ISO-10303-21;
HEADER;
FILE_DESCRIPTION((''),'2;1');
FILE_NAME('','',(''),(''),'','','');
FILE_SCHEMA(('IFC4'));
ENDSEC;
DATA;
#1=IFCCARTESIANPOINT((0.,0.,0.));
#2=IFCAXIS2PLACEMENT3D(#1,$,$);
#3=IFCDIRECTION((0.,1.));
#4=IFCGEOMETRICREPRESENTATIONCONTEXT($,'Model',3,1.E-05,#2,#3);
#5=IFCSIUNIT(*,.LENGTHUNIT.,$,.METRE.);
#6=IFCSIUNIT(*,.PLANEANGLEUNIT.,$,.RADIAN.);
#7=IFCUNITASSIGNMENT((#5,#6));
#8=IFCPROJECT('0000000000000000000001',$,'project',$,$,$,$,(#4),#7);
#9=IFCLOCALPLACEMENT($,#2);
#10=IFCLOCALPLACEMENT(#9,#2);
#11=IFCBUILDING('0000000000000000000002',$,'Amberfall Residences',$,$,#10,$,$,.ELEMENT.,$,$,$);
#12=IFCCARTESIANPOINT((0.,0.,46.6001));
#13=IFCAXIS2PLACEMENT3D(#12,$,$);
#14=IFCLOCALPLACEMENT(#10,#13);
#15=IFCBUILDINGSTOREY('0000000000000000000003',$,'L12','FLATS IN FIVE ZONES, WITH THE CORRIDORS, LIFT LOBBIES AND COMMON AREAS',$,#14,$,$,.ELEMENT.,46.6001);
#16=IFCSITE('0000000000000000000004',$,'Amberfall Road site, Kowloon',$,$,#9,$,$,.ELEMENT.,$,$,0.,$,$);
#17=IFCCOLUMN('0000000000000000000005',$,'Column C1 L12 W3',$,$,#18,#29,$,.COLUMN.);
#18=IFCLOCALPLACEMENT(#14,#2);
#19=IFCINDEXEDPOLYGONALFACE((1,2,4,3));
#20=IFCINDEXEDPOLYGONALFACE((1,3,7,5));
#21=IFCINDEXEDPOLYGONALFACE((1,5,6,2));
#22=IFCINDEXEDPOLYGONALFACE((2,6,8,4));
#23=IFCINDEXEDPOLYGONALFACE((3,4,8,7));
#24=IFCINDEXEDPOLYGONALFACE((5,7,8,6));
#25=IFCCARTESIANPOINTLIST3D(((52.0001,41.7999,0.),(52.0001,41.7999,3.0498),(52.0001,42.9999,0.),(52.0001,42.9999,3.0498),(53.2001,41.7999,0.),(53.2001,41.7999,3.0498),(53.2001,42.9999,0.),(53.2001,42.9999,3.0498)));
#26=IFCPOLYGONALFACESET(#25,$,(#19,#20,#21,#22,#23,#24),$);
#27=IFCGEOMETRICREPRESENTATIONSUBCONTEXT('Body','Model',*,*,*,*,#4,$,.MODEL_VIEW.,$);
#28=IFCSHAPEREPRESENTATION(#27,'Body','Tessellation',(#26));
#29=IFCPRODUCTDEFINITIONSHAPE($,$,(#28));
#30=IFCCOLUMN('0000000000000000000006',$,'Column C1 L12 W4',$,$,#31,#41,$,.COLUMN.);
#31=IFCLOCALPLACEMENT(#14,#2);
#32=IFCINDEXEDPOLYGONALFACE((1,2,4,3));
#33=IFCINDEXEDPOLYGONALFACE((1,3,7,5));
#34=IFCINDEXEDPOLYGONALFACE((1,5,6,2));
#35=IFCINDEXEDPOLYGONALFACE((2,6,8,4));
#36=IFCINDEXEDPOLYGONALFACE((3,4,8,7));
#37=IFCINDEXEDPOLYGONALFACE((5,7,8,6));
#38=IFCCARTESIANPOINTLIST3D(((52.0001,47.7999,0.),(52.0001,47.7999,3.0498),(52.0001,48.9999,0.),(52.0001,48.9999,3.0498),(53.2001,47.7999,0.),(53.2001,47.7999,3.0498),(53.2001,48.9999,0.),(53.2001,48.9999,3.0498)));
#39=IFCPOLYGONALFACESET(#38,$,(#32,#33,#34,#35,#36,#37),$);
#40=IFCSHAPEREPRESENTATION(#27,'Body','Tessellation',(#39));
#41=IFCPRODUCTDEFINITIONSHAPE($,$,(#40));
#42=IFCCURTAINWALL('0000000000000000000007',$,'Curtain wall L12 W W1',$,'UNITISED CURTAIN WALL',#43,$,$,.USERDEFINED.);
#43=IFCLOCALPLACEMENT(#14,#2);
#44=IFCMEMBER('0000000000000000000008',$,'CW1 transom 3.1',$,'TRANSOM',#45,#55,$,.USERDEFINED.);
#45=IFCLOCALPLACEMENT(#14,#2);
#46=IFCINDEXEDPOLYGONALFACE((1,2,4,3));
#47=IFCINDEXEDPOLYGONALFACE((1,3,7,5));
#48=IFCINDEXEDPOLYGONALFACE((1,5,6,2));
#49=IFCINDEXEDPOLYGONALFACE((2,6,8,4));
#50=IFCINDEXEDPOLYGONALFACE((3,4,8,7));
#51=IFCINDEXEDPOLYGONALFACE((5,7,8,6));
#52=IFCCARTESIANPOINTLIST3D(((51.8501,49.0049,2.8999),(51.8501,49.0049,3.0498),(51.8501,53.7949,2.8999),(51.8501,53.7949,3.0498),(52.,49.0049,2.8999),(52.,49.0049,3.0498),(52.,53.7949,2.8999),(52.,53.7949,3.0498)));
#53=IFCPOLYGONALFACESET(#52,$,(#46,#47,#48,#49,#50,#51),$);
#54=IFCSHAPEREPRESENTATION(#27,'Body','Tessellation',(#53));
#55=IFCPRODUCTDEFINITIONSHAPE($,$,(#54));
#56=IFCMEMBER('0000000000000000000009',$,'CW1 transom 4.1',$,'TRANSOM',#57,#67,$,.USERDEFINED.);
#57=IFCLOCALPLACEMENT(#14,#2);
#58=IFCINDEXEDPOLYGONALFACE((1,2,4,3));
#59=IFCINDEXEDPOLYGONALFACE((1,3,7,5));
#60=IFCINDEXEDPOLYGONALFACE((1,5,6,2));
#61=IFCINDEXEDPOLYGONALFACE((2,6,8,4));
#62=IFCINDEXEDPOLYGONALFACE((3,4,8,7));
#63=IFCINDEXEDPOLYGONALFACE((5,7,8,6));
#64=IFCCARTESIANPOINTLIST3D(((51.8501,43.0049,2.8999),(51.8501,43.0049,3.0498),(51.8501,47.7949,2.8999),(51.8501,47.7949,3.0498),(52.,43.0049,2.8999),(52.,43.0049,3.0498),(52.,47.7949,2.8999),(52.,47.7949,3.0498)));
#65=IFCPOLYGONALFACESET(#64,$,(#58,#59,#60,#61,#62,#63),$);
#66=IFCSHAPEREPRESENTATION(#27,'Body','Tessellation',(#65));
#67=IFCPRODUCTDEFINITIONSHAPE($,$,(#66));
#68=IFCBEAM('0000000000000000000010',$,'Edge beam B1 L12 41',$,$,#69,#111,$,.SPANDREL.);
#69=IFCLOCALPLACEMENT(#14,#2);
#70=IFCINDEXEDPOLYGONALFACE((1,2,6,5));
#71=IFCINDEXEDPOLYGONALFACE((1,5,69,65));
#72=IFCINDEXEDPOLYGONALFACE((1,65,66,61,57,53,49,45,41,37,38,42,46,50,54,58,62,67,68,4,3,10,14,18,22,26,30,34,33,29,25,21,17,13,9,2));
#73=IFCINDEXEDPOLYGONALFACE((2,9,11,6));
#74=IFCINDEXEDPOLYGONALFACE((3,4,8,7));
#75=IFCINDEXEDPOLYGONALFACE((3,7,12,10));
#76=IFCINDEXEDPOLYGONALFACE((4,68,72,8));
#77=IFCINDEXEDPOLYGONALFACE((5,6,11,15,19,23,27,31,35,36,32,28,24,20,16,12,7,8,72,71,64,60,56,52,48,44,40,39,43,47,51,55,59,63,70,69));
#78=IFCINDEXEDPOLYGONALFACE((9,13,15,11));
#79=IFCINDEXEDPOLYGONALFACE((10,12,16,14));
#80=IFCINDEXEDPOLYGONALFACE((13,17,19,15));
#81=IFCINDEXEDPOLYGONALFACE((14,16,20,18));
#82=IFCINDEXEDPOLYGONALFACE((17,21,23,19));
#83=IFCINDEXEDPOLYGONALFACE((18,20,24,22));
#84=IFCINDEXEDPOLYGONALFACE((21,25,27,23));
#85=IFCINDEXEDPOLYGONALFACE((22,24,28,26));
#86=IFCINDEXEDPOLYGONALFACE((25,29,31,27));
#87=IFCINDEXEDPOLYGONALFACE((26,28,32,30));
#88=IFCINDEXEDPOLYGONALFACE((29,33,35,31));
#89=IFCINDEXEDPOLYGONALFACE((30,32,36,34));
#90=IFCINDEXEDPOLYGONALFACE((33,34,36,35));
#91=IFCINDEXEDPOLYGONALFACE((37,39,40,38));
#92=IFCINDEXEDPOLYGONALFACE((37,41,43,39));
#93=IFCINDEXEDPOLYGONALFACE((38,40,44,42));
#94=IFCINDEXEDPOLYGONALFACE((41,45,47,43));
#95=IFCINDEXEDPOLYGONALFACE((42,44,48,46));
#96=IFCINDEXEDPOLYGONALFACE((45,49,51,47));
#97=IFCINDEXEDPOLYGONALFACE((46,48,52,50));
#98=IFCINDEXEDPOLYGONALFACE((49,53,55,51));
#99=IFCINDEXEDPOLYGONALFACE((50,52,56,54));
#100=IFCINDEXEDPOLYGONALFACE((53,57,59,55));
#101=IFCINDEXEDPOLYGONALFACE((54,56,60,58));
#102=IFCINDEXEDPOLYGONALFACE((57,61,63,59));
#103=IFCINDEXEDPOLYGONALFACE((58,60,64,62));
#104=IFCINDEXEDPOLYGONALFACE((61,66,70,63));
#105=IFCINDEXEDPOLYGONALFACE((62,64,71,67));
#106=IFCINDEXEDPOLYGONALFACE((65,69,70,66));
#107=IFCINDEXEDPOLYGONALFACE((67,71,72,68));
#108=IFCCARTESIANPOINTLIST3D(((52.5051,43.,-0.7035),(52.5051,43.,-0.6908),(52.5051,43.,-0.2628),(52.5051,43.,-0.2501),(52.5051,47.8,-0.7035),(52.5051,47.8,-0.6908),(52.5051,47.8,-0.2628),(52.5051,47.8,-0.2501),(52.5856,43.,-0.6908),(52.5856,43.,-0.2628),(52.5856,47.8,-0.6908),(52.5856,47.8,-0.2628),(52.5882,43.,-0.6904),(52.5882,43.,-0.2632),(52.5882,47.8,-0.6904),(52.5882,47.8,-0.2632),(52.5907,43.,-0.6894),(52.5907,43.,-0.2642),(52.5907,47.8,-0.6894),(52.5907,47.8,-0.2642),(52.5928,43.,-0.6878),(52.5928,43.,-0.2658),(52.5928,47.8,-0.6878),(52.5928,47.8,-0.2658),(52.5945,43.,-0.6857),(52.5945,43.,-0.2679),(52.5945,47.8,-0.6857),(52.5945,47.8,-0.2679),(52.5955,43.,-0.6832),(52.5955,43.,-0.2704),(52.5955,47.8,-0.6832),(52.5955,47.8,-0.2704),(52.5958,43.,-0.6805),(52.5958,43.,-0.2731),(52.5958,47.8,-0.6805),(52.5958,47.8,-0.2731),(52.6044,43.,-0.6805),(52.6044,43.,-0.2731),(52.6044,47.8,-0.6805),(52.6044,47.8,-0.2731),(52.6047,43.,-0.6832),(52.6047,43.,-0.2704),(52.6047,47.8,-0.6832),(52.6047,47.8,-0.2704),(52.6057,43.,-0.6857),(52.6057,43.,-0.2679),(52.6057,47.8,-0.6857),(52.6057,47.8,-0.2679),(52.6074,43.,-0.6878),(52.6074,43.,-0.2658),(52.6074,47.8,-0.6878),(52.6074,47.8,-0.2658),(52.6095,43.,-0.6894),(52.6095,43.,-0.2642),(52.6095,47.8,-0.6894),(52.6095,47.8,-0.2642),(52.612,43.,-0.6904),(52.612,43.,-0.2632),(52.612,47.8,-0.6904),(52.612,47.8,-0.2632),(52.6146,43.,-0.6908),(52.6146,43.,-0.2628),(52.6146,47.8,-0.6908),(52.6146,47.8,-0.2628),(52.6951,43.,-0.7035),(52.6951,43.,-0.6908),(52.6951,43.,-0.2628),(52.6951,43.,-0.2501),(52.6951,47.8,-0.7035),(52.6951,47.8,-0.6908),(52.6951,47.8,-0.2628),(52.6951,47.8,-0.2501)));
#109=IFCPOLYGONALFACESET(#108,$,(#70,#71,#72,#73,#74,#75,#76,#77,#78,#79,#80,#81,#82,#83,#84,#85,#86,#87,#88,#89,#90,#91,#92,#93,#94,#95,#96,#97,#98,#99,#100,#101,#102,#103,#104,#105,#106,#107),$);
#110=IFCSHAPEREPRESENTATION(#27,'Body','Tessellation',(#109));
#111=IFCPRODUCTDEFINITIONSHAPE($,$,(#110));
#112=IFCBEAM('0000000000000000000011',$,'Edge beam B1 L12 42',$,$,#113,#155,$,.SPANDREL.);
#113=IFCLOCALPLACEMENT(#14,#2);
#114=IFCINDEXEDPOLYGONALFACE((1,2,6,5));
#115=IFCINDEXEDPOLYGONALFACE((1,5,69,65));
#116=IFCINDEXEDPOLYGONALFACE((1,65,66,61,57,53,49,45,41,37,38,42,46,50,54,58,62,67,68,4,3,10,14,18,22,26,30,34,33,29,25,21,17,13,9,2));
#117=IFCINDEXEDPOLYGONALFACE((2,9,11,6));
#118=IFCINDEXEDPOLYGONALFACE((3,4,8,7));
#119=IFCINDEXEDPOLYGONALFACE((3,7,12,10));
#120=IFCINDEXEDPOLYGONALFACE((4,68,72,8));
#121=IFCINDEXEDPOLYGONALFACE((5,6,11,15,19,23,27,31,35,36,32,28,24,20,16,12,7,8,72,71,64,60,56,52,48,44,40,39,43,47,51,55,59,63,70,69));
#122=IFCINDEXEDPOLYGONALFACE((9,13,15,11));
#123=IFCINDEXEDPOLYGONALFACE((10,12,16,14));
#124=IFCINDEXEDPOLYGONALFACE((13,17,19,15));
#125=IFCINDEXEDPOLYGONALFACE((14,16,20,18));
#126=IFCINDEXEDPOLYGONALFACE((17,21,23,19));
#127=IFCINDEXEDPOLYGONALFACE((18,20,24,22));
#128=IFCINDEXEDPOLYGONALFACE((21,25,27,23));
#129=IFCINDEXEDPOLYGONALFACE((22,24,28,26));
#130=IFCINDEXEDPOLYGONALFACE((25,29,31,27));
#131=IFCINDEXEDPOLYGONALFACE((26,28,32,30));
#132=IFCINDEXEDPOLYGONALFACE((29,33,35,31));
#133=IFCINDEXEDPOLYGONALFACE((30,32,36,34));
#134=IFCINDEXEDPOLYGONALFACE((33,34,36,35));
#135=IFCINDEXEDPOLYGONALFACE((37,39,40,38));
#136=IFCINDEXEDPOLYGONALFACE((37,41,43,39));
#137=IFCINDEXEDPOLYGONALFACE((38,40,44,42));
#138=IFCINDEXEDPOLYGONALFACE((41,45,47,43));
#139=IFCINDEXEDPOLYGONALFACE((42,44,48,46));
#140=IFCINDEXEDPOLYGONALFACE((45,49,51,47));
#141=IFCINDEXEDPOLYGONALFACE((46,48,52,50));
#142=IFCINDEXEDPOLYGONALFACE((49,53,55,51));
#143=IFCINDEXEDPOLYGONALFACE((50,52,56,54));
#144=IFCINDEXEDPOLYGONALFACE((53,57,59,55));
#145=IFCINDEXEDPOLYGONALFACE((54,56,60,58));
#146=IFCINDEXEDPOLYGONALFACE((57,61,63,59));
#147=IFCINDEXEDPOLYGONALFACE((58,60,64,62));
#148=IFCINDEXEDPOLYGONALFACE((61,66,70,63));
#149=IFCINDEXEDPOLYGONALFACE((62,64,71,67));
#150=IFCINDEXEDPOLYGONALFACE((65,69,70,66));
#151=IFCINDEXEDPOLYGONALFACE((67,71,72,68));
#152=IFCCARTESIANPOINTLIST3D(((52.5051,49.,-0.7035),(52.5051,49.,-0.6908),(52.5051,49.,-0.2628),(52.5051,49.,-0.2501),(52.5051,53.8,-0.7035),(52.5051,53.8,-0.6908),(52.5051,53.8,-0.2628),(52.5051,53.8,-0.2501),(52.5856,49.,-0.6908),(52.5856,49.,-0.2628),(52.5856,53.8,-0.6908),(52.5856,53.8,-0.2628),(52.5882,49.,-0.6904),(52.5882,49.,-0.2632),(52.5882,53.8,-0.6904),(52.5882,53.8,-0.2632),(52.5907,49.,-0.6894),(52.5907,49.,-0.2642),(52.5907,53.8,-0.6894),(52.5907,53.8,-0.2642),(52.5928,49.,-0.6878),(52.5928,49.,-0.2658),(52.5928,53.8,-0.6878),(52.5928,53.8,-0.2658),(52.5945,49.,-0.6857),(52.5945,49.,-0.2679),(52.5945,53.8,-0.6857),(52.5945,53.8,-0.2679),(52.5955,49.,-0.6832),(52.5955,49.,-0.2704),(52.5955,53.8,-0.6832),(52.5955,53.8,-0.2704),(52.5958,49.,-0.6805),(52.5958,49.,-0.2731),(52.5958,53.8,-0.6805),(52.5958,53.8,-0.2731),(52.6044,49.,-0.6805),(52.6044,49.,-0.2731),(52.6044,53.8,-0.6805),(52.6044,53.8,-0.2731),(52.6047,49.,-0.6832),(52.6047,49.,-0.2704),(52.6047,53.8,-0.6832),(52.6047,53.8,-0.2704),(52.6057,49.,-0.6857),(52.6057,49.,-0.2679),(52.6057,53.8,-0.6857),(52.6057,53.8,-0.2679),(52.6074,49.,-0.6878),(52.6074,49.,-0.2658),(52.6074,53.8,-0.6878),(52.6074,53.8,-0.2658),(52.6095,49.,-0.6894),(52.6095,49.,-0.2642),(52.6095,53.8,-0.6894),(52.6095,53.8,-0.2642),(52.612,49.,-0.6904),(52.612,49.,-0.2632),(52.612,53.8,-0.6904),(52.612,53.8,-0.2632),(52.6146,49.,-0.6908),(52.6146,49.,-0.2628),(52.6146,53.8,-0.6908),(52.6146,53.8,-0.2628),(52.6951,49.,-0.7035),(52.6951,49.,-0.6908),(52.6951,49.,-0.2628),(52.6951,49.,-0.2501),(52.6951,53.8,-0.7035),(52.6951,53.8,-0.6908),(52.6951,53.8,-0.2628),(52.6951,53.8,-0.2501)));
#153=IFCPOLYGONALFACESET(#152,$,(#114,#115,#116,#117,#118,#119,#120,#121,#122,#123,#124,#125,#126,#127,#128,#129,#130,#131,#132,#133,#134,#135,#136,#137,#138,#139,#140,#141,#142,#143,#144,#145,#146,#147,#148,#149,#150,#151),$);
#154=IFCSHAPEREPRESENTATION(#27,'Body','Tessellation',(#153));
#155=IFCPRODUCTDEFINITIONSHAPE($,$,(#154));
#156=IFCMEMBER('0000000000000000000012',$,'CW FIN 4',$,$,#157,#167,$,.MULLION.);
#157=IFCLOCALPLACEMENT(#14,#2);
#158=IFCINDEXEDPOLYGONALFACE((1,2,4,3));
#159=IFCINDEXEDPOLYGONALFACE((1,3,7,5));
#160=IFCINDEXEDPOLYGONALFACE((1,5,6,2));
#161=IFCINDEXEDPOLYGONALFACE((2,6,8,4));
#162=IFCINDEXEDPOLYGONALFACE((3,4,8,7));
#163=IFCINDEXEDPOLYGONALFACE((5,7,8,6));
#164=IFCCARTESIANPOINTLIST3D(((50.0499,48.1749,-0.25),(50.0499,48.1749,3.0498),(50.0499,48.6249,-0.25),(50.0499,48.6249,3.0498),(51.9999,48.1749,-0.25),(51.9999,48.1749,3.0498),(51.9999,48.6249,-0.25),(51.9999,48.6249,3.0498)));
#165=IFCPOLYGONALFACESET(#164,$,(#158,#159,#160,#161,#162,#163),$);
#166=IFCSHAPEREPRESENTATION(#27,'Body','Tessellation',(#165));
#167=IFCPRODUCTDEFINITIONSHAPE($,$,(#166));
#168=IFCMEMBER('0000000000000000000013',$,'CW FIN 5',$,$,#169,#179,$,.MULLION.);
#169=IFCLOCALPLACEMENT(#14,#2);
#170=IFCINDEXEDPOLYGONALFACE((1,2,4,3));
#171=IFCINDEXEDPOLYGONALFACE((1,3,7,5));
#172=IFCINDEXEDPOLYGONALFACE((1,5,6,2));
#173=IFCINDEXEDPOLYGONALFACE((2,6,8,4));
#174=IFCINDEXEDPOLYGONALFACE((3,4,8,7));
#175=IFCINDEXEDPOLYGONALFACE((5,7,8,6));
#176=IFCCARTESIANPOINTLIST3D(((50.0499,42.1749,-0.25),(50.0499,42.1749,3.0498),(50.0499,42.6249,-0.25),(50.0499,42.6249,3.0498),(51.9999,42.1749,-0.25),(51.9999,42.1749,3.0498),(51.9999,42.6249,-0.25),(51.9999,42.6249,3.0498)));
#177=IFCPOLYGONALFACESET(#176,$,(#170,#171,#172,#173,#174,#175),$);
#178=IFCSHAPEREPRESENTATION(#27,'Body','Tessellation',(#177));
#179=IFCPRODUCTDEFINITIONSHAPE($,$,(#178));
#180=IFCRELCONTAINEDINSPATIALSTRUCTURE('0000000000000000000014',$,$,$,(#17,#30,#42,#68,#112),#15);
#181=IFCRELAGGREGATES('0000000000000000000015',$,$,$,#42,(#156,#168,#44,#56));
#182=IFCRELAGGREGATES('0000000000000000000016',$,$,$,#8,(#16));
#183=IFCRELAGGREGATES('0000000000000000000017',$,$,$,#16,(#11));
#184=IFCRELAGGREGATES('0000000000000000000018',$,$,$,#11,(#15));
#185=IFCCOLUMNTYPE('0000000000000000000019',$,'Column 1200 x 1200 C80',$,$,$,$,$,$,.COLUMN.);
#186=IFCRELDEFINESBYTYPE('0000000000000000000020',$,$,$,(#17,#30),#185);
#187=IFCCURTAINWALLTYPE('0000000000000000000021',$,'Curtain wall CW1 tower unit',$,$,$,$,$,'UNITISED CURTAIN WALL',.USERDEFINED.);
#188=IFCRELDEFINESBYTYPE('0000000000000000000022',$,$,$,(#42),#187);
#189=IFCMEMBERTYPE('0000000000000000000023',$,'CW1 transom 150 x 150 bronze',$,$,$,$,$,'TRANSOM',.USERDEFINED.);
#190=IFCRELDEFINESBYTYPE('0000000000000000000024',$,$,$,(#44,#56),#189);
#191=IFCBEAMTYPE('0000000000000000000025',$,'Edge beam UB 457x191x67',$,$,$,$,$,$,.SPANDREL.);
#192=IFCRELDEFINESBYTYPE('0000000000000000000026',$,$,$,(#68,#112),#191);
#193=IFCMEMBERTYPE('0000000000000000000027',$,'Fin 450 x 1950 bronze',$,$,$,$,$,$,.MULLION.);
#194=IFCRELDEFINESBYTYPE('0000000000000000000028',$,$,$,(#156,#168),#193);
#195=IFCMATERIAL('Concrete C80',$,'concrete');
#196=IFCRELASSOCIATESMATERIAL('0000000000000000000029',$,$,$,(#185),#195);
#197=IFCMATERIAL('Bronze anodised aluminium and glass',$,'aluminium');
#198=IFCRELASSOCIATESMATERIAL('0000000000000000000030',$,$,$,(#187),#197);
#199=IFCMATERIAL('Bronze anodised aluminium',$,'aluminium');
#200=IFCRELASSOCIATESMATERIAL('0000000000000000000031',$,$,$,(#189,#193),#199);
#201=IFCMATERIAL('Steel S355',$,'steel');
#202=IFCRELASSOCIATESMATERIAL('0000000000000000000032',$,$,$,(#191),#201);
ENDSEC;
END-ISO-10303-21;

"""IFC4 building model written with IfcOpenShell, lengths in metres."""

from ifc_helpers import new_model, si_unit, direction, frame, origin, origin_2d, place, context, subcontext, project, spatial, rectangle, i_section, extrude, material, material_profile, profile_set, type_object, element, aggregate, save


model = new_model("IFC4")

# Units and contexts
model_context = context("Model", 3, precision=1e-05, world=origin(), true_north=direction((0.0, 1.0)))
body_context = subcontext(model_context, "Body", "Model", "MODEL_VIEW")
ifc_project = project(units=[si_unit("LENGTHUNIT", "METRE"), si_unit("PLANEANGLEUNIT", "RADIAN")], contexts=[model_context])

# Site, building, storey
site_placement = place(None, origin())
site = spatial("IfcSite", under=ifc_project, at=site_placement, Name="Amberfall Road site, Kowloon", CompositionType="ELEMENT", RefElevation=0.0)
building_placement = place(site_placement, origin())
building = spatial("IfcBuilding", under=site, at=building_placement, Name="Amberfall Residences", CompositionType="ELEMENT")
storey_placement = place(building_placement, frame((0.0, 0.0, 46.6001)))
storey = spatial("IfcBuildingStorey", under=building, at=storey_placement, Name="L12", Description="FLATS IN FIVE ZONES, WITH THE CORRIDORS, LIFT LOBBIES AND COMMON AREAS", CompositionType="ELEMENT", Elevation=46.6001)

# Columns
ifc_material_1 = material(Name="Concrete C80", Category="concrete")
ifc_material_profile_1 = material_profile(ifc_material_1, rectangle(XDim=1.2, YDim=1.2, at=origin_2d()), Name="Column 1200 x 1200 C80")
ifc_profile_set_1 = profile_set([ifc_material_profile_1], Name="Concrete C80")
column_type = type_object("IfcColumnType", Name="Column 1200 x 1200 C80", PredefinedType="COLUMN", material=ifc_profile_set_1)
for number, where, z_axis, x_axis, name in (
    (1, (52.6001, 42.3999, 0.0), (0.0, 0.0, 1.0), (1.0, 0.0, 0.0), "Column C1 L12 W3"),
    (2, (52.6001, 48.3999, 0.0), (0.0, 0.0, 1.0), (1.0, 0.0, 0.0), "Column C1 L12 W4"),
):
    element("IfcColumn", number, at=place(storey_placement, frame(where, z_axis=z_axis, x_axis=x_axis)), inside=storey, type_object=column_type, Name=name, PredefinedType="COLUMN", context=body_context, shape_type="SweptSolid", body=[
        extrude(rectangle(XDim=1.2, YDim=1.2, at=origin_2d()), origin(), (0.0, 0.0, 1.0), 3.0498),
    ])

# Curtain wall, members
ifc_material_2 = material(Name="Bronze anodised aluminium and glass", Category="aluminium")
curtain_wall_type = type_object("IfcCurtainWallType", Name="Curtain wall CW1 tower unit", ElementType="UNITISED CURTAIN WALL", PredefinedType="USERDEFINED", material=ifc_material_2)
curtain_wall_placement = place(storey_placement, origin())
curtain_wall = element("IfcCurtainWall", 3, at=curtain_wall_placement, inside=storey, type_object=curtain_wall_type, Name="Curtain wall L12 W W1", ObjectType="UNITISED CURTAIN WALL", PredefinedType="USERDEFINED")
ifc_material_3 = material(Name="Bronze anodised aluminium", Category="aluminium")
ifc_material_profile_2 = material_profile(ifc_material_3, rectangle(XDim=0.1499, YDim=0.1499, at=origin_2d()), Name="CW1 transom 150 x 150 bronze")
ifc_profile_set_2 = profile_set([ifc_material_profile_2], Name="Bronze anodised aluminium")
member_type_1 = type_object("IfcMemberType", Name="CW1 transom 150 x 150 bronze", ElementType="TRANSOM", PredefinedType="USERDEFINED", material=ifc_profile_set_2)
member_1_placement = place(storey_placement, frame((51.925, 53.7949, 2.9749), z_axis=(0.0, -1.0, 0.0), x_axis=(1.0, 0.0, 0.0)))
member_1 = element("IfcMember", 4, at=member_1_placement, type_object=member_type_1, Name="CW1 transom 3.1", ObjectType="TRANSOM", PredefinedType="USERDEFINED", context=body_context, shape_type="SweptSolid", body=[
    extrude(rectangle(XDim=0.1499, YDim=0.1499, at=origin_2d()), origin(), (0.0, 0.0, 1.0), 4.79),
])
member_2_placement = place(storey_placement, frame((51.925, 47.7949, 2.9749), z_axis=(0.0, -1.0, 0.0), x_axis=(1.0, 0.0, 0.0)))
member_2 = element("IfcMember", 5, at=member_2_placement, type_object=member_type_1, Name="CW1 transom 4.1", ObjectType="TRANSOM", PredefinedType="USERDEFINED", context=body_context, shape_type="SweptSolid", body=[
    extrude(rectangle(XDim=0.1499, YDim=0.1499, at=origin_2d()), origin(), (0.0, 0.0, 1.0), 4.79),
])

# Beams
ifc_material_4 = material(Name="Steel S355", Category="steel")
ifc_material_profile_3 = material_profile(ifc_material_4, i_section(OverallWidth=0.1899, OverallDepth=0.4534, WebThickness=0.0085, FlangeThickness=0.0127, FilletRadius=0.0103, at=origin_2d()), Name="UB 457x191x67")
ifc_profile_set_3 = profile_set([ifc_material_profile_3], Name="Steel S355")
beam_type_1 = type_object("IfcBeamType", Name="Edge beam UB 457x191x67", PredefinedType="SPANDREL", material=ifc_profile_set_3)
for number, where, z_axis, x_axis, name in (
    (6, (52.6001, 43.0, -0.4768), (0.0, 1.0, 0.0), (-1.0, 0.0, 0.0), "Edge beam B1 L12 41"),
    (7, (52.6001, 49.0, -0.4768), (0.0, 1.0, 0.0), (-1.0, 0.0, 0.0), "Edge beam B1 L12 42"),
):
    element("IfcBeam", number, at=place(storey_placement, frame(where, z_axis=z_axis, x_axis=x_axis)), inside=storey, type_object=beam_type_1, Name=name, PredefinedType="SPANDREL", context=body_context, shape_type="SweptSolid", body=[
        extrude(i_section(OverallWidth=0.1899, OverallDepth=0.4534, WebThickness=0.0085, FlangeThickness=0.0127, FilletRadius=0.0103, at=origin_2d()), origin(), (0.0, 0.0, 1.0), 4.8),
    ])

# Members
ifc_material_profile_4 = material_profile(ifc_material_3, rectangle(XDim=1.95, YDim=0.45, at=origin_2d()), Name="Fin 450 x 1950 bronze")
ifc_profile_set_4 = profile_set([ifc_material_profile_4], Name="Bronze anodised aluminium")
member_type_2 = type_object("IfcMemberType", Name="Fin 450 x 1950 bronze", PredefinedType="MULLION", material=ifc_profile_set_4)
member_3_placement = place(storey_placement, frame((51.0249, 48.3999, -0.25), z_axis=(0.0, 0.0, 1.0), x_axis=(1.0, 0.0, 0.0)))
member_3 = element("IfcMember", 8, at=member_3_placement, type_object=member_type_2, Name="CW FIN 4", PredefinedType="MULLION", context=body_context, shape_type="SweptSolid", body=[
    extrude(rectangle(XDim=1.95, YDim=0.45, at=origin_2d()), origin(), (0.0, 0.0, 1.0), 3.2998),
])
member_4_placement = place(storey_placement, frame((51.0249, 42.3999, -0.25), z_axis=(0.0, 0.0, 1.0), x_axis=(1.0, 0.0, 0.0)))
member_4 = element("IfcMember", 9, at=member_4_placement, type_object=member_type_2, Name="CW FIN 5", PredefinedType="MULLION", context=body_context, shape_type="SweptSolid", body=[
    extrude(rectangle(XDim=1.95, YDim=0.45, at=origin_2d()), origin(), (0.0, 0.0, 1.0), 3.2998),
])

aggregate(curtain_wall, [member_3, member_4, member_1, member_2])

save(model, "model.ifc")
